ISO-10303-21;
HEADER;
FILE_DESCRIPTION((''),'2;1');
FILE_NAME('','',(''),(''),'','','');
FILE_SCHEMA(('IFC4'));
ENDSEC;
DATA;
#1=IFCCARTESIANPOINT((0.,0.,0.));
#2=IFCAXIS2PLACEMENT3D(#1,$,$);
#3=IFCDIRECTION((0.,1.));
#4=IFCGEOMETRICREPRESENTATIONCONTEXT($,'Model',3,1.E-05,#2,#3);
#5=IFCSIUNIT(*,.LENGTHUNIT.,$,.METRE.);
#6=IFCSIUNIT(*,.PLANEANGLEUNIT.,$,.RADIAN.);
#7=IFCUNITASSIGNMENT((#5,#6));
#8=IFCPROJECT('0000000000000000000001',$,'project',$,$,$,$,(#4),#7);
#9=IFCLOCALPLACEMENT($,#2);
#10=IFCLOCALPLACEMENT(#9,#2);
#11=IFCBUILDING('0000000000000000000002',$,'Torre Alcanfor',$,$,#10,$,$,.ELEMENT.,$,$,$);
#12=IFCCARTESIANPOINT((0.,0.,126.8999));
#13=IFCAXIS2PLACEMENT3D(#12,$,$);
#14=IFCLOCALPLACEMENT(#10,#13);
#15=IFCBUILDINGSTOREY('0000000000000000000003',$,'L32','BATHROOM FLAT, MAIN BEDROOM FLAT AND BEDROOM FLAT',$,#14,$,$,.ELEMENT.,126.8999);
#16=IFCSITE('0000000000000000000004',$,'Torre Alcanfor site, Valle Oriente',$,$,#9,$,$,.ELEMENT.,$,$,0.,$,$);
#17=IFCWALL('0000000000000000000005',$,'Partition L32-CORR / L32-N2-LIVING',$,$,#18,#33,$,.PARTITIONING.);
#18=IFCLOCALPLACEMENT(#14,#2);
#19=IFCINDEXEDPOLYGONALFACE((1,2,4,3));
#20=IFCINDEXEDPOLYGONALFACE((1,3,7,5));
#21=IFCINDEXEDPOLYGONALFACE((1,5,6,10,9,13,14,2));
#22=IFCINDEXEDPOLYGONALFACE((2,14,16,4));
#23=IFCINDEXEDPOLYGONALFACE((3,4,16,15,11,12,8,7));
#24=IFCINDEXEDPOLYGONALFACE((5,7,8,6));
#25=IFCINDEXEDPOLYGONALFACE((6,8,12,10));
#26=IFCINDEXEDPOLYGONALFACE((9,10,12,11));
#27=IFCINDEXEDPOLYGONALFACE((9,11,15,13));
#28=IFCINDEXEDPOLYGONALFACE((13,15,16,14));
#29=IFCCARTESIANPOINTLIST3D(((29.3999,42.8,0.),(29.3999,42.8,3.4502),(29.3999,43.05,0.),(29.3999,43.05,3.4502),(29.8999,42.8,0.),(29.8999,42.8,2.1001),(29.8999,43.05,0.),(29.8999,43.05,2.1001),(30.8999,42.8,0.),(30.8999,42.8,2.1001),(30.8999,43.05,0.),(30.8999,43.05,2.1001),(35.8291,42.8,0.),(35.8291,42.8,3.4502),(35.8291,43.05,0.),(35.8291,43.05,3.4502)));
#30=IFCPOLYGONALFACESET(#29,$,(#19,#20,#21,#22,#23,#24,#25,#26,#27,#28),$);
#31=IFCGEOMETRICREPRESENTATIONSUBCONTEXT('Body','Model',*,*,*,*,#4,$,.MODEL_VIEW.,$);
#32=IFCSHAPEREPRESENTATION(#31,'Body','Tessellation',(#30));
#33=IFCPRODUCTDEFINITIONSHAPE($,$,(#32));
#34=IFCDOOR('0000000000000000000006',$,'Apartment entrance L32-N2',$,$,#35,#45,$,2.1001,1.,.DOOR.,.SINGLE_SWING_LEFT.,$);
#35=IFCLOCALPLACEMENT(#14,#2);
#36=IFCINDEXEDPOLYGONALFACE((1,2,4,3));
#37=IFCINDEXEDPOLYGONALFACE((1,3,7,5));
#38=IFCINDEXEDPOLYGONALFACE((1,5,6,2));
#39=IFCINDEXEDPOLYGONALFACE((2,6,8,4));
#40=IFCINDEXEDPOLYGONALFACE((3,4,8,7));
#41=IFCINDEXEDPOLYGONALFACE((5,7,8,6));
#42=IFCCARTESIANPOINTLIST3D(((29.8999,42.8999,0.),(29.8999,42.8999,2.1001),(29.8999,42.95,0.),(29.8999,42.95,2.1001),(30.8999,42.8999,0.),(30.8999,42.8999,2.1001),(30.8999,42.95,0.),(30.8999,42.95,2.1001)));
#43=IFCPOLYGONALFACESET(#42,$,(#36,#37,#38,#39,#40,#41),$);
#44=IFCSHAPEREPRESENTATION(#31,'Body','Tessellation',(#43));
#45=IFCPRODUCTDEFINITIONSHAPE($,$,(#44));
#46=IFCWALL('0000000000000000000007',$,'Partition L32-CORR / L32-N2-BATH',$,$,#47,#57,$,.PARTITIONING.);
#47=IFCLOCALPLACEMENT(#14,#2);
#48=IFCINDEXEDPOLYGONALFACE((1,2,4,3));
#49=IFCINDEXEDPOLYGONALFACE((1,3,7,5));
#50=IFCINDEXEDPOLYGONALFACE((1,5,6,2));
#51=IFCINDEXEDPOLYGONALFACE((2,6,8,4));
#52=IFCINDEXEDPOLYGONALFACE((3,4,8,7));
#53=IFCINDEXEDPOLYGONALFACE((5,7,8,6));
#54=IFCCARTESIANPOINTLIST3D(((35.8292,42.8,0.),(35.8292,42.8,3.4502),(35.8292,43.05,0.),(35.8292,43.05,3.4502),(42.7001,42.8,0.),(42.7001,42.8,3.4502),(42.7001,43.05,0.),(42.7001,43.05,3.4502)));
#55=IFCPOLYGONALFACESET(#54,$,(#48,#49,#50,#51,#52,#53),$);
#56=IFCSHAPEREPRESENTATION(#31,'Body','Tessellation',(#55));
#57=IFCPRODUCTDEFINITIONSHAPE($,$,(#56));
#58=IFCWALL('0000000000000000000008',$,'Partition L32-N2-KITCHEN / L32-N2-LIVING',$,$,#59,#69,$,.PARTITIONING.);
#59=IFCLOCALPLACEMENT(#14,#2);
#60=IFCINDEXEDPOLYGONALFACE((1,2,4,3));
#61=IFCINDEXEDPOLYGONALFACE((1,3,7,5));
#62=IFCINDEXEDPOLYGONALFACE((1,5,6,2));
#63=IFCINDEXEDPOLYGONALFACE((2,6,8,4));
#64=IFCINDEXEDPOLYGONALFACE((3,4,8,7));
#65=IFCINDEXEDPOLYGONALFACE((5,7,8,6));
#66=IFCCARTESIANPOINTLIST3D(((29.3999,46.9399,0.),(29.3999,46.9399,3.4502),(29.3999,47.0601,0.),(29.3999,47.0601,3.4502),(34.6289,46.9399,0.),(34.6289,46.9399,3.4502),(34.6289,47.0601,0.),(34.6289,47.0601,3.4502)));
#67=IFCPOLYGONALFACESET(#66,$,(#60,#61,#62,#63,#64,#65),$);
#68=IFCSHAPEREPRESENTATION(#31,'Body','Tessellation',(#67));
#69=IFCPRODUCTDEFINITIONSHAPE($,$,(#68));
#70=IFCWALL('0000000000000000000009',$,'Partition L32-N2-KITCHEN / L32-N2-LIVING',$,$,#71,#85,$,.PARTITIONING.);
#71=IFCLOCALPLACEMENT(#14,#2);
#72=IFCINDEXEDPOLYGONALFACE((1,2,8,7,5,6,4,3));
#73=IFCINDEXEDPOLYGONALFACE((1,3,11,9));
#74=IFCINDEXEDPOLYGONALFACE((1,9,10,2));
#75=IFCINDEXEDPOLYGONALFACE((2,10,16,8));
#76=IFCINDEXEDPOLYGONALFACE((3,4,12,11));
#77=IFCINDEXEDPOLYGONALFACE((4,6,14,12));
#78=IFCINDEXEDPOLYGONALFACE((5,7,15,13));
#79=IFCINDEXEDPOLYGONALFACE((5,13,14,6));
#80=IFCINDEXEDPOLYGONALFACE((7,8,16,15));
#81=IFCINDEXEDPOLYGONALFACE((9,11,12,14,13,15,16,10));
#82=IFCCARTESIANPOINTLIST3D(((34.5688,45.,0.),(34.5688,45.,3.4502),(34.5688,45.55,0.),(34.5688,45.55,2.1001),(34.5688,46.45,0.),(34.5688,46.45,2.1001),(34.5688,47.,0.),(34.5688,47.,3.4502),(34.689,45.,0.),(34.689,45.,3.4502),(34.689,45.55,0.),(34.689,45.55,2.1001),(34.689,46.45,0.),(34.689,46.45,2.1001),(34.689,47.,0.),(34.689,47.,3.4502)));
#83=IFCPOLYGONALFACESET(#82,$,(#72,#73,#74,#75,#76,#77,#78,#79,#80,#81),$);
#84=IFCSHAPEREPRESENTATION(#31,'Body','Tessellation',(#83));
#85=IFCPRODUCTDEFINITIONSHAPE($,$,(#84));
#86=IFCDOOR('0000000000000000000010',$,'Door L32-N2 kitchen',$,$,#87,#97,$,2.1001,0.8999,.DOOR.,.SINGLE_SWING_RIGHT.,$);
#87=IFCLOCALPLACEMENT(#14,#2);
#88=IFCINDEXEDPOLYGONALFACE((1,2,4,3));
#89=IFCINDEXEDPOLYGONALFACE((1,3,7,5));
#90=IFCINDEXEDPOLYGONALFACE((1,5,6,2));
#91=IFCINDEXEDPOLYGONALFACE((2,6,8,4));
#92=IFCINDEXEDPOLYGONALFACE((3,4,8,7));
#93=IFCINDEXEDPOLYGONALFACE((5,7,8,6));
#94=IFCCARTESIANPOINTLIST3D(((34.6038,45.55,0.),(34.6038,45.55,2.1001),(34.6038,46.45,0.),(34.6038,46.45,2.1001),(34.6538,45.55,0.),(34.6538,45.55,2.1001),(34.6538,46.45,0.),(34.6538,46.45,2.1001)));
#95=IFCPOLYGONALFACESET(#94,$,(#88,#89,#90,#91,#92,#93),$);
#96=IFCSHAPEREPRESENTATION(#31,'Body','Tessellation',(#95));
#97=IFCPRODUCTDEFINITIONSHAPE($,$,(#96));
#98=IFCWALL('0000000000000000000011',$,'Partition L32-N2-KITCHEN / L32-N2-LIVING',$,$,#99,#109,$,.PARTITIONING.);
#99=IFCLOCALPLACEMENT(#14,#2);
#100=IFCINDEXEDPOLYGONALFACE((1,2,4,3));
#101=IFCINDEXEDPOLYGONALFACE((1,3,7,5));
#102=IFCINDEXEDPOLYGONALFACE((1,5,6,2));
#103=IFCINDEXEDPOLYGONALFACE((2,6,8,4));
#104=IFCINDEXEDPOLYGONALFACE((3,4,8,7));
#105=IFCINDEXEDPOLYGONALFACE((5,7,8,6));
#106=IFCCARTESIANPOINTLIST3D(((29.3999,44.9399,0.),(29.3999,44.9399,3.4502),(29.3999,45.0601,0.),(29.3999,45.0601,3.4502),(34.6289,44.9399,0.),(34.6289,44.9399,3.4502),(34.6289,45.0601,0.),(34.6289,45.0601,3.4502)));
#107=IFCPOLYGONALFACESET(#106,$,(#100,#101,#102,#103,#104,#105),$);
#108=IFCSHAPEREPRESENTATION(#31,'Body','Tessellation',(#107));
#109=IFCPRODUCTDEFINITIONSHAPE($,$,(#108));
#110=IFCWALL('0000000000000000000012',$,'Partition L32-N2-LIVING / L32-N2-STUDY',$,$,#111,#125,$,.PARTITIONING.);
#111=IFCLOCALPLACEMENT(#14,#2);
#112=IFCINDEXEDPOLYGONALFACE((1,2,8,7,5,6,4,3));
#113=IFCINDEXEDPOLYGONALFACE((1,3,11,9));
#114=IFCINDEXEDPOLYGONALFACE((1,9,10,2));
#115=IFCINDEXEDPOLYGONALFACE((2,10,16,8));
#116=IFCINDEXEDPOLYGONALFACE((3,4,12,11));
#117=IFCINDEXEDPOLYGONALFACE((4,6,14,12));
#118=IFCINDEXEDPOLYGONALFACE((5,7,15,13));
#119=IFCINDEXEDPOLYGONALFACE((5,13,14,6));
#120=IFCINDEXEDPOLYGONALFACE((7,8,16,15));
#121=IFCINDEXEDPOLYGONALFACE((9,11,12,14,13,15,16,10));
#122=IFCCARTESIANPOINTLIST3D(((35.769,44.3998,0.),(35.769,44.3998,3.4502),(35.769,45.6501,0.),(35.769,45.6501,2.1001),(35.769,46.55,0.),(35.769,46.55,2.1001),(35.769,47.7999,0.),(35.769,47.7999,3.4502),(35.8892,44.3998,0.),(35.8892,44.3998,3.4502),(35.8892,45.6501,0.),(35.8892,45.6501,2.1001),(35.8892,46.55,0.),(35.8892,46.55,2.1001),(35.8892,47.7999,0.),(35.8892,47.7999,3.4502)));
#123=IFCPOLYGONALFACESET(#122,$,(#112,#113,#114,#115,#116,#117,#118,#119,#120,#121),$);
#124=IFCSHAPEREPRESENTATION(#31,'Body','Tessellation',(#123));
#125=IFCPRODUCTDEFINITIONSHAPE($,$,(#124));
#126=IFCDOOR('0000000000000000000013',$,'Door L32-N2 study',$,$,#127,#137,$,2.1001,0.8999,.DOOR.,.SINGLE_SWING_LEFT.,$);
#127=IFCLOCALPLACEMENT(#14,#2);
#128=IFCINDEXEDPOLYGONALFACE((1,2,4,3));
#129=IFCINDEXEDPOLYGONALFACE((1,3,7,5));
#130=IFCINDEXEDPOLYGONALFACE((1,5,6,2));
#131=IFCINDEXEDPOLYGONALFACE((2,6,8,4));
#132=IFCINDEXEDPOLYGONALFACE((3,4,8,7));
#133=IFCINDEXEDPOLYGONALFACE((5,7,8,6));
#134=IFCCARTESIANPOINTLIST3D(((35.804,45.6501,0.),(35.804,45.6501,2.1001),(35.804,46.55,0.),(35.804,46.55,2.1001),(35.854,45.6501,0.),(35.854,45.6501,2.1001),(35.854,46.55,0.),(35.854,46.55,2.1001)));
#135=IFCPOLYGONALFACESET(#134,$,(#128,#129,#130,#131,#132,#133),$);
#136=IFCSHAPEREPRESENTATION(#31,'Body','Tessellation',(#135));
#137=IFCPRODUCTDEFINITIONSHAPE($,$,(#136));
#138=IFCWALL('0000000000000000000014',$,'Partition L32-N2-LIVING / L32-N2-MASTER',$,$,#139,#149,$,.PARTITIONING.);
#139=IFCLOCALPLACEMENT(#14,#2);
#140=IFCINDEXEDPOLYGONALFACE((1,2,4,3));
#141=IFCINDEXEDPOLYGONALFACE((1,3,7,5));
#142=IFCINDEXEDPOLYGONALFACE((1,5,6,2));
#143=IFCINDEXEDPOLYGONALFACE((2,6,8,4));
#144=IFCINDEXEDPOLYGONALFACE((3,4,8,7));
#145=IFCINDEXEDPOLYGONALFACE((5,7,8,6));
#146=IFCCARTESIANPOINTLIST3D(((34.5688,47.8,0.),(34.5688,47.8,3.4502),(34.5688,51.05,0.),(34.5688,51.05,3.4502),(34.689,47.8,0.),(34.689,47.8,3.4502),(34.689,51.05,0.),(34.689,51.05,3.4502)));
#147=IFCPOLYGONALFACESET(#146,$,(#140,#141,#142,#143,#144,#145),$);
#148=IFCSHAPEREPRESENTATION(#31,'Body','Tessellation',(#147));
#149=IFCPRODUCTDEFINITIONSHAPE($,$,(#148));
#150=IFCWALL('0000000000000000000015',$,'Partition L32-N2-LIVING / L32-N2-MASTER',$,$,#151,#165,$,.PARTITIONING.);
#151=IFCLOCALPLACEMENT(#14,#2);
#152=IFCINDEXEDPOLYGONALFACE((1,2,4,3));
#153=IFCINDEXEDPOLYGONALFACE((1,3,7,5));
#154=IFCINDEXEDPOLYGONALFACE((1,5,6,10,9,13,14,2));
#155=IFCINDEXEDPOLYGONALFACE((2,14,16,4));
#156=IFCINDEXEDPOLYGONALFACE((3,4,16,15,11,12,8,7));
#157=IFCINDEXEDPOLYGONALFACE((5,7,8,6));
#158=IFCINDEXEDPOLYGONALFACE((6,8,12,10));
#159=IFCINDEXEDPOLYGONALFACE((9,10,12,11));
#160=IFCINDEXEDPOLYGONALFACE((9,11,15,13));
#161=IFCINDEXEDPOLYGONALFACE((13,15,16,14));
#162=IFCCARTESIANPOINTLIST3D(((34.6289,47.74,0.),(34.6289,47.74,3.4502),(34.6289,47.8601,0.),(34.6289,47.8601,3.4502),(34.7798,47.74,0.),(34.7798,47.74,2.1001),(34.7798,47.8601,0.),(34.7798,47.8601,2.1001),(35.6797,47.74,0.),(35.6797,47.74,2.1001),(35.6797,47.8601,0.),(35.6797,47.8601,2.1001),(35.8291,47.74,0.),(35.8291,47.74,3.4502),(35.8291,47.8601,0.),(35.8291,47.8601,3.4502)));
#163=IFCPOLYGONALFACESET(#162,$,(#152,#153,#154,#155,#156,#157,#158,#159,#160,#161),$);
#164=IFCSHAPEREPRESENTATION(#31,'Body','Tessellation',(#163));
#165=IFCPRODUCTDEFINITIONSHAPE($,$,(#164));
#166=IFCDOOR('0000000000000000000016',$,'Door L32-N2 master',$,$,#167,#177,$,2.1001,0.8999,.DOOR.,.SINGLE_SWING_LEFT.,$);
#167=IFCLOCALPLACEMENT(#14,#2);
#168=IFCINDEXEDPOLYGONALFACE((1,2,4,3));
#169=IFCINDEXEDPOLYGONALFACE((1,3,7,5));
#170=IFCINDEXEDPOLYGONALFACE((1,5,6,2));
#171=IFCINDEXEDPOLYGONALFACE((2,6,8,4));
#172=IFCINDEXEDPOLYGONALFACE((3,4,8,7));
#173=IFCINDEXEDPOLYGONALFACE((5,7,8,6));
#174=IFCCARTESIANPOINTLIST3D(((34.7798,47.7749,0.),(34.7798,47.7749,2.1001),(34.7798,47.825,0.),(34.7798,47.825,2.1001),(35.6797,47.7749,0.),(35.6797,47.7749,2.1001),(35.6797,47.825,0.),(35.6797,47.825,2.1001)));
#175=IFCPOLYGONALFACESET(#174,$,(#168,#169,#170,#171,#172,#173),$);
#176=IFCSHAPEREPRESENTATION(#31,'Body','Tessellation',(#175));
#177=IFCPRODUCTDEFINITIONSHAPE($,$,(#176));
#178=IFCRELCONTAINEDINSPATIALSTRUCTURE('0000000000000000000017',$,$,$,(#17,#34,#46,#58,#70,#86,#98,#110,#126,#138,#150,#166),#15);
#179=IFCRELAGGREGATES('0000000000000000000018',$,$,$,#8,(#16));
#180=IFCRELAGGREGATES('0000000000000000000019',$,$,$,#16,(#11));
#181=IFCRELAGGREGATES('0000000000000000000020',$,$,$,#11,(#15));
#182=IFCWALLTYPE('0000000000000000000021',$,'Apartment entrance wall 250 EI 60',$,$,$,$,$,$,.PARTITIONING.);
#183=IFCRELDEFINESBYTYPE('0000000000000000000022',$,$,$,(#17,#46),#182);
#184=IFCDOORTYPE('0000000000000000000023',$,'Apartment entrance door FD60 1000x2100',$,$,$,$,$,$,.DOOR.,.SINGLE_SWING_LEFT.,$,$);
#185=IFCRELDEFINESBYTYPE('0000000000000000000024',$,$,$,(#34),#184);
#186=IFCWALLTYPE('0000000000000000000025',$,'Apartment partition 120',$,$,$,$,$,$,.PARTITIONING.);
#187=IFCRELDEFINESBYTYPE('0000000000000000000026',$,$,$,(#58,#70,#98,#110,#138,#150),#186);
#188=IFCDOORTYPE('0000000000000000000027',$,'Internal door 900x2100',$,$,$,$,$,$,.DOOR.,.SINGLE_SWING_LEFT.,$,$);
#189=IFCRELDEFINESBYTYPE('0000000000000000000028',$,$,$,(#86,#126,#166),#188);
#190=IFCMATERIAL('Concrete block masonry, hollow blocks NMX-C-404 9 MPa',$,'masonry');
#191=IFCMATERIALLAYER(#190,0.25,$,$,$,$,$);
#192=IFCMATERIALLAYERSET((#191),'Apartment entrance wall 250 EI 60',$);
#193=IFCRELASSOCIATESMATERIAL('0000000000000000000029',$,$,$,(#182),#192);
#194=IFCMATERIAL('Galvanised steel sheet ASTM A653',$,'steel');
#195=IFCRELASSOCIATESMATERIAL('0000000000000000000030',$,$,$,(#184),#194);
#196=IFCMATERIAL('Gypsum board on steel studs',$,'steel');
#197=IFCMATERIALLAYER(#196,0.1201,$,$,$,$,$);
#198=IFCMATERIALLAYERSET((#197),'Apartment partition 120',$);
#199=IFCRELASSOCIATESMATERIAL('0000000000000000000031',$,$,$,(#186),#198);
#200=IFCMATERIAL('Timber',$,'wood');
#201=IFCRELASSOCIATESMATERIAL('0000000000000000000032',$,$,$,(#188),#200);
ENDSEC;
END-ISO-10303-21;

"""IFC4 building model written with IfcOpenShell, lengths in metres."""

from ifc_helpers import new_model, si_unit, direction, frame, frame_2d, origin, place, context, subcontext, project, spatial, rectangle, extrude, material, layer, layer_set, type_object, element, fill, save


model = new_model("IFC4")

# Units and contexts
model_context = context("Model", 3, precision=1e-05, world=origin(), true_north=direction((0.0, 1.0)))
body_context = subcontext(model_context, "Body", "Model", "MODEL_VIEW")
ifc_project = project(units=[si_unit("LENGTHUNIT", "METRE"), si_unit("PLANEANGLEUNIT", "RADIAN")], contexts=[model_context])

# Site, building, storey
site_placement = place(None, origin())
site = spatial("IfcSite", under=ifc_project, at=site_placement, Name="Torre Alcanfor site, Valle Oriente", CompositionType="ELEMENT", RefElevation=0.0)
building_placement = place(site_placement, origin())
building = spatial("IfcBuilding", under=site, at=building_placement, Name="Torre Alcanfor", CompositionType="ELEMENT")
storey_placement = place(building_placement, frame((0.0, 0.0, 126.8999)))
storey = spatial("IfcBuildingStorey", under=building, at=storey_placement, Name="L32", Description="BATHROOM FLAT, MAIN BEDROOM FLAT AND BEDROOM FLAT", CompositionType="ELEMENT", Elevation=126.8999)

# Wall, opening, door
ifc_material_1 = material(Name="Concrete block masonry, hollow blocks NMX-C-404 9 MPa", Category="masonry")
ifc_layer_1 = layer(ifc_material_1, 0.25)
ifc_layer_set_1 = layer_set([ifc_layer_1], Name="Apartment entrance wall 250 EI 60")
wall_type_1 = type_object("IfcWallType", Name="Apartment entrance wall 250 EI 60", PredefinedType="PARTITIONING", material=ifc_layer_set_1)
wall_1_placement = place(storey_placement, frame((29.3999, 42.925, 0.0), z_axis=(0.0, 0.0, 1.0), x_axis=(1.0, 0.0, 0.0)))
wall_1 = element("IfcWall", 1, at=wall_1_placement, inside=storey, type_object=wall_type_1, Name="Partition L32-CORR / L32-N2-LIVING", PredefinedType="PARTITIONING", context=body_context, shape_type="SweptSolid", body=[
    extrude(rectangle(XDim=6.4292, YDim=0.25, at=frame_2d((3.2146, 0.0))), origin(), (0.0, 0.0, 1.0), 3.4502),
])
opening_1_placement = place(wall_1_placement, frame((0.5, 0.0, 0.0)))
opening_1 = element("IfcOpeningElement", 2, at=opening_1_placement, cuts=wall_1, PredefinedType="OPENING", context=body_context, shape_type="SweptSolid", body=[
    extrude(rectangle(XDim=1.0, YDim=2.1001, at=frame_2d((0.5, 1.05))), frame((0.0, 0.135, 0.0), z_axis=(0.0, -1.0, 0.0), x_axis=(1.0, 0.0, 0.0)), (0.0, 0.0, 1.0), 0.27),
])
ifc_material_2 = material(Name="Galvanised steel sheet ASTM A653", Category="steel")
door_type_1 = type_object("IfcDoorType", Name="Apartment entrance door FD60 1000x2100", OperationType="SINGLE_SWING_LEFT", PredefinedType="DOOR", material=ifc_material_2)
door_1_placement = place(opening_1_placement, origin())
door_1 = element("IfcDoor", 3, at=door_1_placement, inside=storey, type_object=door_type_1, Name="Apartment entrance L32-N2", OperationType="SINGLE_SWING_LEFT", OverallHeight=2.1001, OverallWidth=1.0, PredefinedType="DOOR", context=body_context, shape_type="SweptSolid", body=[
    extrude(rectangle(XDim=1.0, YDim=2.1001, at=frame_2d((0.5, 1.05))), frame((0.0, 0.0249, 0.0), z_axis=(0.0, -1.0, 0.0), x_axis=(1.0, 0.0, 0.0)), (0.0, 0.0, 1.0), 0.05),
])
fill(opening_1, door_1)

# Walls
wall_2_placement = place(storey_placement, frame((35.8291, 42.925, 0.0), z_axis=(0.0, 0.0, 1.0), x_axis=(1.0, 0.0, 0.0)))
element("IfcWall", 4, at=wall_2_placement, inside=storey, type_object=wall_type_1, Name="Partition L32-CORR / L32-N2-BATH", PredefinedType="PARTITIONING", context=body_context, shape_type="SweptSolid", body=[
    extrude(rectangle(XDim=6.8708, YDim=0.25, at=frame_2d((3.4355, 0.0))), origin(), (0.0, 0.0, 1.0), 3.4502),
])
ifc_material_3 = material(Name="Gypsum board on steel studs", Category="steel")
ifc_layer_2 = layer(ifc_material_3, 0.1201)
ifc_layer_set_2 = layer_set([ifc_layer_2], Name="Apartment partition 120")
wall_type_2 = type_object("IfcWallType", Name="Apartment partition 120", PredefinedType="PARTITIONING", material=ifc_layer_set_2)
wall_3_placement = place(storey_placement, frame((29.3999, 47.0, 0.0), z_axis=(0.0, 0.0, 1.0), x_axis=(1.0, 0.0, 0.0)))
element("IfcWall", 5, at=wall_3_placement, inside=storey, type_object=wall_type_2, Name="Partition L32-N2-KITCHEN / L32-N2-LIVING", PredefinedType="PARTITIONING", context=body_context, shape_type="SweptSolid", body=[
    extrude(rectangle(XDim=5.229, YDim=0.1201, at=frame_2d((2.6145, 0.0))), origin(), (0.0, 0.0, 1.0), 3.4502),
])

# Wall, opening, door
wall_4_placement = place(storey_placement, frame((34.6289, 47.0, 0.0), z_axis=(0.0, 0.0, 1.0), x_axis=(0.0, -1.0, 0.0)))
wall_4 = element("IfcWall", 6, at=wall_4_placement, inside=storey, type_object=wall_type_2, Name="Partition L32-N2-KITCHEN / L32-N2-LIVING", PredefinedType="PARTITIONING", context=body_context, shape_type="SweptSolid", body=[
    extrude(rectangle(XDim=2.0, YDim=0.1201, at=frame_2d((1.0, 0.0))), origin(), (0.0, 0.0, 1.0), 3.4502),
])
opening_2_placement = place(wall_4_placement, frame((0.55, 0.0, 0.0)))
opening_2 = element("IfcOpeningElement", 7, at=opening_2_placement, cuts=wall_4, PredefinedType="OPENING", context=body_context, shape_type="SweptSolid", body=[
    extrude(rectangle(XDim=0.8999, YDim=2.1001, at=frame_2d((0.45, 1.05))), frame((0.0, 0.0701, 0.0), z_axis=(0.0, -1.0, 0.0), x_axis=(1.0, 0.0, 0.0)), (0.0, 0.0, 1.0), 0.1401),
])
ifc_material_4 = material(Name="Timber", Category="wood")
door_type_2 = type_object("IfcDoorType", Name="Internal door 900x2100", OperationType="SINGLE_SWING_LEFT", PredefinedType="DOOR", material=ifc_material_4)
door_2_placement = place(opening_2_placement, frame((0.8999, 0.0, 0.0), z_axis=(0.0, 0.0, 1.0), x_axis=(-1.0, 0.0, 0.0)))
door_2 = element("IfcDoor", 8, at=door_2_placement, inside=storey, type_object=door_type_2, Name="Door L32-N2 kitchen", OperationType="SINGLE_SWING_RIGHT", OverallHeight=2.1001, OverallWidth=0.8999, PredefinedType="DOOR", context=body_context, shape_type="SweptSolid", body=[
    extrude(rectangle(XDim=0.8999, YDim=2.1001, at=frame_2d((0.45, 1.05))), frame((0.0, 0.0251, 0.0), z_axis=(0.0, -1.0, 0.0), x_axis=(1.0, 0.0, 0.0)), (0.0, 0.0, 1.0), 0.05),
])
fill(opening_2, door_2)

# Wall
wall_5_placement = place(storey_placement, frame((34.6289, 45.0, 0.0), z_axis=(0.0, 0.0, 1.0), x_axis=(-1.0, 0.0, 0.0)))
element("IfcWall", 9, at=wall_5_placement, inside=storey, type_object=wall_type_2, Name="Partition L32-N2-KITCHEN / L32-N2-LIVING", PredefinedType="PARTITIONING", context=body_context, shape_type="SweptSolid", body=[
    extrude(rectangle(XDim=5.229, YDim=0.1201, at=frame_2d((2.6145, 0.0))), origin(), (0.0, 0.0, 1.0), 3.4502),
])

# Wall, opening, door
wall_6_placement = place(storey_placement, frame((35.8291, 47.8, 0.0), z_axis=(0.0, 0.0, 1.0), x_axis=(0.0, -1.0, 0.0)))
wall_6 = element("IfcWall", 10, at=wall_6_placement, inside=storey, type_object=wall_type_2, Name="Partition L32-N2-LIVING / L32-N2-STUDY", PredefinedType="PARTITIONING", context=body_context, shape_type="SweptSolid", body=[
    extrude(rectangle(XDim=3.4001, YDim=0.1201, at=frame_2d((1.7002, 0.0))), origin(), (0.0, 0.0, 1.0), 3.4502),
])
opening_3_placement = place(wall_6_placement, frame((1.25, 0.0, 0.0)))
opening_3 = element("IfcOpeningElement", 11, at=opening_3_placement, cuts=wall_6, PredefinedType="OPENING", context=body_context, shape_type="SweptSolid", body=[
    extrude(rectangle(XDim=0.8999, YDim=2.1001, at=frame_2d((0.45, 1.05))), frame((0.0, 0.0701, 0.0), z_axis=(0.0, -1.0, 0.0), x_axis=(1.0, 0.0, 0.0)), (0.0, 0.0, 1.0), 0.1401),
])
door_3_placement = place(opening_3_placement, origin())
door_3 = element("IfcDoor", 12, at=door_3_placement, inside=storey, type_object=door_type_2, Name="Door L32-N2 study", OperationType="SINGLE_SWING_LEFT", OverallHeight=2.1001, OverallWidth=0.8999, PredefinedType="DOOR", context=body_context, shape_type="SweptSolid", body=[
    extrude(rectangle(XDim=0.8999, YDim=2.1001, at=frame_2d((0.45, 1.05))), frame((0.0, 0.0249, 0.0), z_axis=(0.0, -1.0, 0.0), x_axis=(1.0, 0.0, 0.0)), (0.0, 0.0, 1.0), 0.05),
])
fill(opening_3, door_3)

# Wall
wall_7_placement = place(storey_placement, frame((34.6289, 51.05, 0.0), z_axis=(0.0, 0.0, 1.0), x_axis=(0.0, -1.0, 0.0)))
element("IfcWall", 13, at=wall_7_placement, inside=storey, type_object=wall_type_2, Name="Partition L32-N2-LIVING / L32-N2-MASTER", PredefinedType="PARTITIONING", context=body_context, shape_type="SweptSolid", body=[
    extrude(rectangle(XDim=3.25, YDim=0.1201, at=frame_2d((1.625, 0.0))), origin(), (0.0, 0.0, 1.0), 3.4502),
])

# Wall, opening, door
wall_8_placement = place(storey_placement, frame((34.6289, 47.8, 0.0), z_axis=(0.0, 0.0, 1.0), x_axis=(1.0, 0.0, 0.0)))
wall_8 = element("IfcWall", 14, at=wall_8_placement, inside=storey, type_object=wall_type_2, Name="Partition L32-N2-LIVING / L32-N2-MASTER", PredefinedType="PARTITIONING", context=body_context, shape_type="SweptSolid", body=[
    extrude(rectangle(XDim=1.2002, YDim=0.1201, at=frame_2d((0.6001, 0.0))), origin(), (0.0, 0.0, 1.0), 3.4502),
])
opening_4_placement = place(wall_8_placement, frame((0.1509, 0.0, 0.0)))
opening_4 = element("IfcOpeningElement", 15, at=opening_4_placement, cuts=wall_8, PredefinedType="OPENING", context=body_context, shape_type="SweptSolid", body=[
    extrude(rectangle(XDim=0.8999, YDim=2.1001, at=frame_2d((0.45, 1.05))), frame((0.0, 0.0701, 0.0), z_axis=(0.0, -1.0, 0.0), x_axis=(1.0, 0.0, 0.0)), (0.0, 0.0, 1.0), 0.1401),
])
door_4_placement = place(opening_4_placement, origin())
door_4 = element("IfcDoor", 16, at=door_4_placement, inside=storey, type_object=door_type_2, Name="Door L32-N2 master", OperationType="SINGLE_SWING_LEFT", OverallHeight=2.1001, OverallWidth=0.8999, PredefinedType="DOOR", context=body_context, shape_type="SweptSolid", body=[
    extrude(rectangle(XDim=0.8999, YDim=2.1001, at=frame_2d((0.45, 1.05))), frame((0.0, 0.0249, 0.0), z_axis=(0.0, -1.0, 0.0), x_axis=(1.0, 0.0, 0.0)), (0.0, 0.0, 1.0), 0.05),
])
fill(opening_4, door_4)

save(model, "model.ifc")
